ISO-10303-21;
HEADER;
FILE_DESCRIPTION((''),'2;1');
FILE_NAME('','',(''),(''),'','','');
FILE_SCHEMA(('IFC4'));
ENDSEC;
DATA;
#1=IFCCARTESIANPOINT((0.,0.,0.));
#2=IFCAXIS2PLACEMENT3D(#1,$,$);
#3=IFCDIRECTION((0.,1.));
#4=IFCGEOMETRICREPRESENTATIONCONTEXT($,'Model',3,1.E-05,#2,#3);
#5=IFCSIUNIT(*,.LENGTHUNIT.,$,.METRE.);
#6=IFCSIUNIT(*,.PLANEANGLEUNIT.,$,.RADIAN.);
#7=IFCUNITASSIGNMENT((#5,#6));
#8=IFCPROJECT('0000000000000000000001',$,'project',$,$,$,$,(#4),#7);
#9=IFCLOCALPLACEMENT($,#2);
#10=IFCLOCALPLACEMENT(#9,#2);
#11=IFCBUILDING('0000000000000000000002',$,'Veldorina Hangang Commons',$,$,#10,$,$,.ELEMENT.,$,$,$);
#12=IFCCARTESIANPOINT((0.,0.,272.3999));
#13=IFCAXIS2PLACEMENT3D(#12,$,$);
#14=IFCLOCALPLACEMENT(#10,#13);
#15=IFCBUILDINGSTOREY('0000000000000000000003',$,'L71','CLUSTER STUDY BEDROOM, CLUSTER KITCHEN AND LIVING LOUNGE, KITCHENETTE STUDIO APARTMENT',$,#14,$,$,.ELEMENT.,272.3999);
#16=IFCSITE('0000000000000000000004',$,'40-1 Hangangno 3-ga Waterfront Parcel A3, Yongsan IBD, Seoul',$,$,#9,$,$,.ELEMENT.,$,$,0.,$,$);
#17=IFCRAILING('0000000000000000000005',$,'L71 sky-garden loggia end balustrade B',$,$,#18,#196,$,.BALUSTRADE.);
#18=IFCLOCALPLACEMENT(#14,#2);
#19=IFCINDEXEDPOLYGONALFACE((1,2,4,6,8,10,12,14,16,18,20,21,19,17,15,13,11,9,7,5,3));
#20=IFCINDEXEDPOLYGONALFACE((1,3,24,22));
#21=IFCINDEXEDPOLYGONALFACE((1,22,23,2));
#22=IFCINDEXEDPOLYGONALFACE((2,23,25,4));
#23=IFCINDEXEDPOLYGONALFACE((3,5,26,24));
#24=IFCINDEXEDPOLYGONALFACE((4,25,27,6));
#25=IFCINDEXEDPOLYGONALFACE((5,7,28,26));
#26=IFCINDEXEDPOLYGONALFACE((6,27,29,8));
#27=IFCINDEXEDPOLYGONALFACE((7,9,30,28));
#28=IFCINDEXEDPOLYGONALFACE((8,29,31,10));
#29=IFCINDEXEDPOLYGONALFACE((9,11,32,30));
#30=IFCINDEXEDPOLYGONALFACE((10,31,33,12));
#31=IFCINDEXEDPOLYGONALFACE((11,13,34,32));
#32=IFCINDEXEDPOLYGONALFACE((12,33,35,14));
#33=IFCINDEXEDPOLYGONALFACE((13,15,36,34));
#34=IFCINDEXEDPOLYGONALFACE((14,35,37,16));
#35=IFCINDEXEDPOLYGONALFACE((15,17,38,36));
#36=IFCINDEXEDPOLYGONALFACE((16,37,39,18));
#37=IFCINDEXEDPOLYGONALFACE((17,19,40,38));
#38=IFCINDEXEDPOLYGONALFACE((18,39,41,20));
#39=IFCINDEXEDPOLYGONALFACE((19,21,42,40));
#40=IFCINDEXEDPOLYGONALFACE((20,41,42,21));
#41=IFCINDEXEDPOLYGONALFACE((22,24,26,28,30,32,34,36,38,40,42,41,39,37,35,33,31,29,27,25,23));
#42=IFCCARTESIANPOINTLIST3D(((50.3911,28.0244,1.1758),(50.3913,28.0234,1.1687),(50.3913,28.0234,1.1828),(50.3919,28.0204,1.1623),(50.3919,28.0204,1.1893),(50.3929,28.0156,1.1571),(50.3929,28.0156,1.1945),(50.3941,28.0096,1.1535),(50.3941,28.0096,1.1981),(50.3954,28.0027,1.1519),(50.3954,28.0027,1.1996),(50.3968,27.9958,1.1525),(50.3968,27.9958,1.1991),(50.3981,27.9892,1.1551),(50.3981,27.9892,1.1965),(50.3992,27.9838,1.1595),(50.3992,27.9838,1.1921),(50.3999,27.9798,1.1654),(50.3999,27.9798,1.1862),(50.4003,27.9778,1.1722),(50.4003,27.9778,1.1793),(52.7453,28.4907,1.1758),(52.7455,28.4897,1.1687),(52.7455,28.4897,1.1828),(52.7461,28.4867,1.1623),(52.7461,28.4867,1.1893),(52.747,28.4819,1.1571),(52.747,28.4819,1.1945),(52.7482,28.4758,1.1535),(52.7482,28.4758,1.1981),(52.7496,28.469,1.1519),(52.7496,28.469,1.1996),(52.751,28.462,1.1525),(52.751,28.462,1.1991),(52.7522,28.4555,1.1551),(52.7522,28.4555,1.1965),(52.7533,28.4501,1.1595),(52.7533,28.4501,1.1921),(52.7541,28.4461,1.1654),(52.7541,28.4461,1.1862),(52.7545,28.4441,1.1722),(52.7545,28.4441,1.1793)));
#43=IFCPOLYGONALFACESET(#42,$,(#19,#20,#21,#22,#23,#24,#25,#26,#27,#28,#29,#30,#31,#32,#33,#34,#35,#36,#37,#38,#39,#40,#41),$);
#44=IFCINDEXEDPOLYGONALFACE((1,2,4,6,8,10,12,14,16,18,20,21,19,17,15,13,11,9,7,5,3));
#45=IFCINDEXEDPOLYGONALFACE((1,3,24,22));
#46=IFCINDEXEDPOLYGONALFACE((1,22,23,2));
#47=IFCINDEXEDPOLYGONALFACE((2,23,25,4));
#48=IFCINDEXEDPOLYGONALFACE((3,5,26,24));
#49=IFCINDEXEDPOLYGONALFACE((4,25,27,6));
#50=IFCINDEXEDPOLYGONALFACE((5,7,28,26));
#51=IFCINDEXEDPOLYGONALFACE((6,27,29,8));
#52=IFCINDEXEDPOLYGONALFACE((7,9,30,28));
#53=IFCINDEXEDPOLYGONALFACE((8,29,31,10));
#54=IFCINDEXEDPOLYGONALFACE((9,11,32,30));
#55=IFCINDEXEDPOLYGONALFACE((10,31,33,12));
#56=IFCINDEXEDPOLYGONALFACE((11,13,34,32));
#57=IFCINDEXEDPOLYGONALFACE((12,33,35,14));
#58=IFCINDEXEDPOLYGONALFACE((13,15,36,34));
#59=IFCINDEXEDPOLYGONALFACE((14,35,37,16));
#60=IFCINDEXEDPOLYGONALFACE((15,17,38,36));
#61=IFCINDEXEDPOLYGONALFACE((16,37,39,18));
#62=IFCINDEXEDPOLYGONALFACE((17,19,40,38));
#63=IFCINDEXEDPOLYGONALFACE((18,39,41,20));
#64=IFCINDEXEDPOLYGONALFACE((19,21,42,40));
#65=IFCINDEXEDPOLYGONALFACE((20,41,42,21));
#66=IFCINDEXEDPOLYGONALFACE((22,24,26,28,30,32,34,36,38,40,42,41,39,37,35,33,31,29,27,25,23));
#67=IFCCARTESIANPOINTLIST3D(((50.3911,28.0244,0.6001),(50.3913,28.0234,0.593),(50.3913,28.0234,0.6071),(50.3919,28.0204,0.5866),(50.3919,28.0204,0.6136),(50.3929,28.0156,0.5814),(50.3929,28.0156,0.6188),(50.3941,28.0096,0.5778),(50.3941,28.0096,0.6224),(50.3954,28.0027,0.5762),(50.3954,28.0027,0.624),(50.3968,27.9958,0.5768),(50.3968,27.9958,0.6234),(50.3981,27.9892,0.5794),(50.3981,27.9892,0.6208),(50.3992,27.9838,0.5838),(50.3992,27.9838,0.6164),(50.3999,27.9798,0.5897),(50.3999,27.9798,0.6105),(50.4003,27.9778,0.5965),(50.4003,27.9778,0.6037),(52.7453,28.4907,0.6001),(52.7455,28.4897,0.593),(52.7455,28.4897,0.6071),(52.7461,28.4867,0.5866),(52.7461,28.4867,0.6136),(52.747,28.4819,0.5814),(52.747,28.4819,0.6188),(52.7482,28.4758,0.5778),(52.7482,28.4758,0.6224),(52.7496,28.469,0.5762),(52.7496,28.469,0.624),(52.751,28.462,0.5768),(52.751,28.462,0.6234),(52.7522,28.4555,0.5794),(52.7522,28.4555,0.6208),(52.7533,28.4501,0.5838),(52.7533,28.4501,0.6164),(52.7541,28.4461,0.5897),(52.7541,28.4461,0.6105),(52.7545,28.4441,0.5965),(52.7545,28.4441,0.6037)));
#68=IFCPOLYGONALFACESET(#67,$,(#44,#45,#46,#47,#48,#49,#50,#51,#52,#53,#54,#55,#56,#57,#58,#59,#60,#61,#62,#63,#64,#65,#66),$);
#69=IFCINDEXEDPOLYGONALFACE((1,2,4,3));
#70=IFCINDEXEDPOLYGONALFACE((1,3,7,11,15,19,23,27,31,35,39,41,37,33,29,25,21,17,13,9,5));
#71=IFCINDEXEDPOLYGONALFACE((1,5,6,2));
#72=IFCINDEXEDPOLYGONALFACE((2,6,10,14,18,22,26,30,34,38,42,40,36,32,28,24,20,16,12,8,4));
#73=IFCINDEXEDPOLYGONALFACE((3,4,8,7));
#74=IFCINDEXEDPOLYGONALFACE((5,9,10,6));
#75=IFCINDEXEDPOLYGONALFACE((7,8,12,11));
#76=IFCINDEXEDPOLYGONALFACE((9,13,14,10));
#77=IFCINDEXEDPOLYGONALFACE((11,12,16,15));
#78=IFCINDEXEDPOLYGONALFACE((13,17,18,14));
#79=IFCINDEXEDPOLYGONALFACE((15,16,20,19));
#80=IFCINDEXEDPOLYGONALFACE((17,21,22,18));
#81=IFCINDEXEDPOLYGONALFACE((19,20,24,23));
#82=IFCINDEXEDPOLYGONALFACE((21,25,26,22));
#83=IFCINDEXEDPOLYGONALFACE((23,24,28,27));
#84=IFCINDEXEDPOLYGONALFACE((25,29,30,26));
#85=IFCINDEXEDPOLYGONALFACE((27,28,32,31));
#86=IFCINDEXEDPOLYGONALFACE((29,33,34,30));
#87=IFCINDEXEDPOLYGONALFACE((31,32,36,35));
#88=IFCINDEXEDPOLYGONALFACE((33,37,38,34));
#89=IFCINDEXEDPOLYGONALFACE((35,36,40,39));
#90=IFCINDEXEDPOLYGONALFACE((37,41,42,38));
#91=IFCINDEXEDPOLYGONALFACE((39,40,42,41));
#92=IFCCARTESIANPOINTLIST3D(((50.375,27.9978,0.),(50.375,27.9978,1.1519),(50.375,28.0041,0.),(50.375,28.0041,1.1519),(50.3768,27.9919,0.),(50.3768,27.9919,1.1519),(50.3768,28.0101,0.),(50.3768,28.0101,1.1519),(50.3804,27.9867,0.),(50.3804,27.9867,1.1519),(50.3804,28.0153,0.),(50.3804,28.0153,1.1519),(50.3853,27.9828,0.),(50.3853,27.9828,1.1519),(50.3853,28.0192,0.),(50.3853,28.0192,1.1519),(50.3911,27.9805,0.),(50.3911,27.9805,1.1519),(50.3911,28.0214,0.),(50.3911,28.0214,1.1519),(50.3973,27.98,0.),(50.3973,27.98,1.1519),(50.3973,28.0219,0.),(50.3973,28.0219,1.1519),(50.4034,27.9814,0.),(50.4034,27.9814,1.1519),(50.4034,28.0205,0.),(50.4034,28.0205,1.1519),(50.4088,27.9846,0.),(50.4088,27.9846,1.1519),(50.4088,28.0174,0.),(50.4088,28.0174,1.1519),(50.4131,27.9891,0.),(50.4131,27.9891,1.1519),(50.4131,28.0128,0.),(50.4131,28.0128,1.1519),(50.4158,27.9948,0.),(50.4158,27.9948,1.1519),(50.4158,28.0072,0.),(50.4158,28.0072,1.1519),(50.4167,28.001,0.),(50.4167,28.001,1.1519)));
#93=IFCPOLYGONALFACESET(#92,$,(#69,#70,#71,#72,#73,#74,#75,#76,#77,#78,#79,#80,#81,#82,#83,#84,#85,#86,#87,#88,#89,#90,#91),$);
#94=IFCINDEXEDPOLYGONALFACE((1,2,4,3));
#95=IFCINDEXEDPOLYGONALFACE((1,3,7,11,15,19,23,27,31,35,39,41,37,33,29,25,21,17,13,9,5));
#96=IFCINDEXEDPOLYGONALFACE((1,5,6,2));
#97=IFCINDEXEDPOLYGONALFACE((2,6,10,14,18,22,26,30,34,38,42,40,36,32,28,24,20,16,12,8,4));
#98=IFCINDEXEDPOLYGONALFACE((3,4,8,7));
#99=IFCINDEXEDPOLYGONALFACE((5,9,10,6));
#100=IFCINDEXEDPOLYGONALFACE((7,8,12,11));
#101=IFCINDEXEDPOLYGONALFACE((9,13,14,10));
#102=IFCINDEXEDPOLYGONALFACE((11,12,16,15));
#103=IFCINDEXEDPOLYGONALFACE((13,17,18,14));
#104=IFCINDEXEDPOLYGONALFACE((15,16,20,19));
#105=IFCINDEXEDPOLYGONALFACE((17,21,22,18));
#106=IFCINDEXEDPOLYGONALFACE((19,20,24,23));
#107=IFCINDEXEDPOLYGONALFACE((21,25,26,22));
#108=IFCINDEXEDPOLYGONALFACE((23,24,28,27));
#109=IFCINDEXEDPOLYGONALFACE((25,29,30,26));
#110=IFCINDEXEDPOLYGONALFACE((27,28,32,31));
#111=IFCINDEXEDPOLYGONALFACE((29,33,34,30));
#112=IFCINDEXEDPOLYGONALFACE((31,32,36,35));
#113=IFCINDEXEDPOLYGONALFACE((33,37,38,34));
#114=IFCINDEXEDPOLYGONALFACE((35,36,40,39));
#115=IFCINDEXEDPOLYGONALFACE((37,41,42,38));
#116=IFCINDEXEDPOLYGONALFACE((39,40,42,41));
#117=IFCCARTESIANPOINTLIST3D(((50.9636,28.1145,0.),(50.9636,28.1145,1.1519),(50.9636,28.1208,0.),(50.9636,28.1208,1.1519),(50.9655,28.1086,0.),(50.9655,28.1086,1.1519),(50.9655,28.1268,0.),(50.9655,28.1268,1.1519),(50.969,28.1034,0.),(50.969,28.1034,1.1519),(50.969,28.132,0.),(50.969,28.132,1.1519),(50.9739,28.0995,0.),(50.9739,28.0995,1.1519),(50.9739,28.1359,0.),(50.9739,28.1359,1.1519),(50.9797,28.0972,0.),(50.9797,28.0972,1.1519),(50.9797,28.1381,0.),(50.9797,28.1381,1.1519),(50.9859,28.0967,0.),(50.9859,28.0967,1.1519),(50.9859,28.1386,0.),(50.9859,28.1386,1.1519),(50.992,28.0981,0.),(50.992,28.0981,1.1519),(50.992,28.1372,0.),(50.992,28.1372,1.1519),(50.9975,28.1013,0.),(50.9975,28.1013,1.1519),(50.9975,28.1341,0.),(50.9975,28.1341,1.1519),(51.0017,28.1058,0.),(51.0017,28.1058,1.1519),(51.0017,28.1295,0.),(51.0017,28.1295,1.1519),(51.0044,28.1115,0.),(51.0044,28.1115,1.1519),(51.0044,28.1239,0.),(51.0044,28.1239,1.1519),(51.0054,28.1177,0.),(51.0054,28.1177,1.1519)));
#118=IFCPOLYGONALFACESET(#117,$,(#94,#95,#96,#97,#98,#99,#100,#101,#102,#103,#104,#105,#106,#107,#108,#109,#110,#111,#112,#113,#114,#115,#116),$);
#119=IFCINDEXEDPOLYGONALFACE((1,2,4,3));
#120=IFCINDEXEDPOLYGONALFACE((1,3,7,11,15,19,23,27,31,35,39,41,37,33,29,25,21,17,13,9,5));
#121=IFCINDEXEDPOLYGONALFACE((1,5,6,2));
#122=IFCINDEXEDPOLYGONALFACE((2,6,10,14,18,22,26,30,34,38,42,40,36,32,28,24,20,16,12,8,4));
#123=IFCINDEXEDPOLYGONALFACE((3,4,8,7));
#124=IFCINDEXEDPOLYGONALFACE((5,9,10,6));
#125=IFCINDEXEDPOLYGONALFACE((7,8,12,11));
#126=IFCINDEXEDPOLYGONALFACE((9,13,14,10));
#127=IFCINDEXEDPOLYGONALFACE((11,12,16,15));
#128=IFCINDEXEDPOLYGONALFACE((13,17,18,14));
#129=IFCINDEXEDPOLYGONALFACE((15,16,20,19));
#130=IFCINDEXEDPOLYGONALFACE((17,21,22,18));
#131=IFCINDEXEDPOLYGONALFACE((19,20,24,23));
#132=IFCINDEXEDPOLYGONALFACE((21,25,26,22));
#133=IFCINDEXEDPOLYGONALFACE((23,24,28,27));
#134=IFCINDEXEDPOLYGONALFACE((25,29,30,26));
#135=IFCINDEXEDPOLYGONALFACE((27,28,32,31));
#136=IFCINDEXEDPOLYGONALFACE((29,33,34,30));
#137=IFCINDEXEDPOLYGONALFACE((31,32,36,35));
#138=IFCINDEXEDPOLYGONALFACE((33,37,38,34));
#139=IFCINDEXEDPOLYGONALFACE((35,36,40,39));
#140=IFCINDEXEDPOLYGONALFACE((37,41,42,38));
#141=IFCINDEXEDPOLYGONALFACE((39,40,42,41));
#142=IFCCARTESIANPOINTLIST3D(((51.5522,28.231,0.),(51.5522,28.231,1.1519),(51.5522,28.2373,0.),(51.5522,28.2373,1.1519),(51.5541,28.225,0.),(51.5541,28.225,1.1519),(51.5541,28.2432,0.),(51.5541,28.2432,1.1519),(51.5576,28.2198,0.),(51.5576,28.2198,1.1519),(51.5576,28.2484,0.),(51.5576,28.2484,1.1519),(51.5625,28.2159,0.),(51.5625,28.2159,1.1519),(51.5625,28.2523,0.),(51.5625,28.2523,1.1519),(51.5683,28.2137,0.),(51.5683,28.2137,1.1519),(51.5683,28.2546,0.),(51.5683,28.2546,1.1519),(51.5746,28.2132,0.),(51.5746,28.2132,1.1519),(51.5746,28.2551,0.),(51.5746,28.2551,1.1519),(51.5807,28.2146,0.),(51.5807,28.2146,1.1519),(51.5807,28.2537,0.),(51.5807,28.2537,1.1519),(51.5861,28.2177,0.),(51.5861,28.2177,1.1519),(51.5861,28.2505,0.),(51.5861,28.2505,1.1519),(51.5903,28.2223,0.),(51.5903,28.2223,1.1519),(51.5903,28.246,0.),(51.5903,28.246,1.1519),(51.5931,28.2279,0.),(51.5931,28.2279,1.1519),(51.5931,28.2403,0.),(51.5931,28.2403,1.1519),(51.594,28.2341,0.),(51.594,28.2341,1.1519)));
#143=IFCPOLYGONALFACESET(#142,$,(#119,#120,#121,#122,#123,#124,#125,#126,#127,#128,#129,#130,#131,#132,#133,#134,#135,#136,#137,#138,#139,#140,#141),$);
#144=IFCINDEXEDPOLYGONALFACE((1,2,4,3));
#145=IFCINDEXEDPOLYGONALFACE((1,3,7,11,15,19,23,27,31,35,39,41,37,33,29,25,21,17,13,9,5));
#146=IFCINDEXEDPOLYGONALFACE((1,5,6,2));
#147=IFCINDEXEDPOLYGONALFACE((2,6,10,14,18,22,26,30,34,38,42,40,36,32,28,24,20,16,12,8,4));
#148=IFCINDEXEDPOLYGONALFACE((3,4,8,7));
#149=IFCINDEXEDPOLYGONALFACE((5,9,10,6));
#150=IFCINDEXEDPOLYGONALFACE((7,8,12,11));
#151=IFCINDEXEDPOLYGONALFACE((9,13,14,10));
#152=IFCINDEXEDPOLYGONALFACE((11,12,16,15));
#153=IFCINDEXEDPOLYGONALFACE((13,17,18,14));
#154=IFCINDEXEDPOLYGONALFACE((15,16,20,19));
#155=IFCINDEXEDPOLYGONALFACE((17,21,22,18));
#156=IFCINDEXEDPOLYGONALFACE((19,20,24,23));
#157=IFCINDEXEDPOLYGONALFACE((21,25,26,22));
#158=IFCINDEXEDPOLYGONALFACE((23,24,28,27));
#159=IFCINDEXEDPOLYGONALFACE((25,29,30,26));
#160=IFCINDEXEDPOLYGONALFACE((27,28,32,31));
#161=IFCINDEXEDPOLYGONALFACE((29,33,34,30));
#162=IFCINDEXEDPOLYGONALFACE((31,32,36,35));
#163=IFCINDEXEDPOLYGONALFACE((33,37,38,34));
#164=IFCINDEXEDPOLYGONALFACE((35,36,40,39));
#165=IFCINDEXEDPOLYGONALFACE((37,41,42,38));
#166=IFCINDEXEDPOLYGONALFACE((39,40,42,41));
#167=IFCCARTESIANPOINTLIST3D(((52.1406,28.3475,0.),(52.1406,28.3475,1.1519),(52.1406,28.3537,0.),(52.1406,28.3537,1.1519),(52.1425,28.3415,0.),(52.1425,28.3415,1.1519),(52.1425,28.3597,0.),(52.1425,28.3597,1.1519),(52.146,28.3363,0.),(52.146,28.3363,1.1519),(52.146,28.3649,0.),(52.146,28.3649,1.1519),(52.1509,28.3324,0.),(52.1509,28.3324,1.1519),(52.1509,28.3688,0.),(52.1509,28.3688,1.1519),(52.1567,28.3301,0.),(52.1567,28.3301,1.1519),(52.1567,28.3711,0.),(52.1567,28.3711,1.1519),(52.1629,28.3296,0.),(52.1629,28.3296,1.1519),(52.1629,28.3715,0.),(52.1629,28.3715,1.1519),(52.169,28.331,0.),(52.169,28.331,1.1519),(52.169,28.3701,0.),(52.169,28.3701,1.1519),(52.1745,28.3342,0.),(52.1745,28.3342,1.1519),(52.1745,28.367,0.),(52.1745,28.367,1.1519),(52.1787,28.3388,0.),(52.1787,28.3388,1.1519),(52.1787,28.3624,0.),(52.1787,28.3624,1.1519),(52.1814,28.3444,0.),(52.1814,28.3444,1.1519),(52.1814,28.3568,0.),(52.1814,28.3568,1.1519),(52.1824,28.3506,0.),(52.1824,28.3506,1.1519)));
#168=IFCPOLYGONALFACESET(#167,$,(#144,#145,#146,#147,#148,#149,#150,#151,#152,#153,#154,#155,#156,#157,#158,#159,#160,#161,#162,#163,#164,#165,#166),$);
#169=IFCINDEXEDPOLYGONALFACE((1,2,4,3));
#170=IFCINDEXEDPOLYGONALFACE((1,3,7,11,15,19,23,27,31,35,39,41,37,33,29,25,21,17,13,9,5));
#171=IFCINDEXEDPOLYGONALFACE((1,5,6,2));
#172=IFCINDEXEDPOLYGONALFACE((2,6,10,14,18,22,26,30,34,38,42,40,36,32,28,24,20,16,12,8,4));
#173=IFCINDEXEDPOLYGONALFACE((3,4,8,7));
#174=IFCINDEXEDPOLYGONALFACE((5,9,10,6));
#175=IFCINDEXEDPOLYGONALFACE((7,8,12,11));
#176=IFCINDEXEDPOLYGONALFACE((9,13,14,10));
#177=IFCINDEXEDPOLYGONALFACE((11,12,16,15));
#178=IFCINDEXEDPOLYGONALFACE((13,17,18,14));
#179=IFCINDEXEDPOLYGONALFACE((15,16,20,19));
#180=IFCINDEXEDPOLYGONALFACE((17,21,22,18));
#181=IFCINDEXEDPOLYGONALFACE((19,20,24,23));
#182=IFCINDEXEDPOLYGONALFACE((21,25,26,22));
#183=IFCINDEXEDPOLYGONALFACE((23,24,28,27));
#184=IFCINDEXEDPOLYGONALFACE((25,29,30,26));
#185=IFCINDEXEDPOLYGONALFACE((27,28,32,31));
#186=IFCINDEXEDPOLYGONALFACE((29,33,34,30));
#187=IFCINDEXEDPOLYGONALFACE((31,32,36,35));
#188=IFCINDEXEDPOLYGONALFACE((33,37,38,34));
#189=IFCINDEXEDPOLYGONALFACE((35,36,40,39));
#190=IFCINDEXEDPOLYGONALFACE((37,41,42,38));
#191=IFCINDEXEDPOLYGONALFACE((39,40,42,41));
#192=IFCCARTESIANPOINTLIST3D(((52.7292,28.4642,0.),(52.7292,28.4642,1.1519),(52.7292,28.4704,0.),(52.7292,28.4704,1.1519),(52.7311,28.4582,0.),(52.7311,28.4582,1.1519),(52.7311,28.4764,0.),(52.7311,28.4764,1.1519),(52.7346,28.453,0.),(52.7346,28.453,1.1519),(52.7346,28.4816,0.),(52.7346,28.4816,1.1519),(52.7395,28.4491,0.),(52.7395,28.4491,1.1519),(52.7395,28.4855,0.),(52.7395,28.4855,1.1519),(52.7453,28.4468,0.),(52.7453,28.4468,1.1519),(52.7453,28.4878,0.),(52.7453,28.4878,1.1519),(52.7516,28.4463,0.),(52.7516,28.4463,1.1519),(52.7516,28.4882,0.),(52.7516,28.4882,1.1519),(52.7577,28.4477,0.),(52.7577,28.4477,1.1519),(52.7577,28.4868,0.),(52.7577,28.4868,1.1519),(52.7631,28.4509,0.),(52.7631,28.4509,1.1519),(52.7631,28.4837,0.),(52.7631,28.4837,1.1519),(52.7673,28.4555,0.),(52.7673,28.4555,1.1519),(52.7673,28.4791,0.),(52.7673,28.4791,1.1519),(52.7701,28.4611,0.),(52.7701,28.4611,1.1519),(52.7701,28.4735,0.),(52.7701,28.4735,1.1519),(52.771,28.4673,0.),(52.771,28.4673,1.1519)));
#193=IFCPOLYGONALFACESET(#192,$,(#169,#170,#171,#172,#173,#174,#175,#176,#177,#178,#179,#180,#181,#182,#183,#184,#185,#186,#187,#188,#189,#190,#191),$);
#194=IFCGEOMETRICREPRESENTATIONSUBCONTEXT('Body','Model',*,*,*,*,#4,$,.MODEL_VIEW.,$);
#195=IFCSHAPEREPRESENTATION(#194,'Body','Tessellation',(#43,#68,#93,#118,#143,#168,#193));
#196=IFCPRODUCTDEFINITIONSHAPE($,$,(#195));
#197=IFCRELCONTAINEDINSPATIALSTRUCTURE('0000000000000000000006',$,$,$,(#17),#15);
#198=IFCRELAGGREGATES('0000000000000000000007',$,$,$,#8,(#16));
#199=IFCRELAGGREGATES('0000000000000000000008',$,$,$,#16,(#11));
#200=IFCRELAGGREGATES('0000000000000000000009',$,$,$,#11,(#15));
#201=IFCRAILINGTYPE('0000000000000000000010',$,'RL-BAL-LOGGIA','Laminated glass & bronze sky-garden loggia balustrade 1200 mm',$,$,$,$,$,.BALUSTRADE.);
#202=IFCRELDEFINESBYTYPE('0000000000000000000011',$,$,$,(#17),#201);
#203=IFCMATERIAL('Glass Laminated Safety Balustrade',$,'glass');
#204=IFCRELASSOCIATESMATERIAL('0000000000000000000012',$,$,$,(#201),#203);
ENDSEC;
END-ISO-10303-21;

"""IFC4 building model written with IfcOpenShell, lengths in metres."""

from ifc_helpers import new_model, si_unit, direction, frame, origin, origin_2d, place, context, subcontext, project, spatial, circle, extrude, material, type_object, element, save


model = new_model("IFC4")

# Units and contexts
model_context = context("Model", 3, precision=1e-05, world=origin(), true_north=direction((0.0, 1.0)))
body_context = subcontext(model_context, "Body", "Model", "MODEL_VIEW")
ifc_project = project(units=[si_unit("LENGTHUNIT", "METRE"), si_unit("PLANEANGLEUNIT", "RADIAN")], contexts=[model_context])

# Site, building, storey
site_placement = place(None, origin())
site = spatial("IfcSite", under=ifc_project, at=site_placement, Name="40-1 Hangangno 3-ga Waterfront Parcel A3, Yongsan IBD, Seoul", CompositionType="ELEMENT", RefElevation=0.0)
building_placement = place(site_placement, origin())
building = spatial("IfcBuilding", under=site, at=building_placement, Name="Veldorina Hangang Commons", CompositionType="ELEMENT")
storey_placement = place(building_placement, frame((0.0, 0.0, 272.3999)))
storey = spatial("IfcBuildingStorey", under=building, at=storey_placement, Name="L71", Description="CLUSTER STUDY BEDROOM, CLUSTER KITCHEN AND LIVING LOUNGE, KITCHENETTE STUDIO APARTMENT", CompositionType="ELEMENT", Elevation=272.3999)

# Railing
ifc_material_1 = material(Name="Glass Laminated Safety Balustrade", Category="glass")
railing_type = type_object("IfcRailingType", Name="RL-BAL-LOGGIA", Description="Laminated glass & bronze sky-garden loggia balustrade 1200 mm", PredefinedType="BALUSTRADE", material=ifc_material_1)
railing_1_placement = place(storey_placement, frame((50.3958, 28.001, 0.0)))
element("IfcRailing", 1, at=railing_1_placement, inside=storey, type_object=railing_type, Name="L71 sky-garden loggia end balustrade B", PredefinedType="BALUSTRADE", context=body_context, shape_type="SweptSolid", body=[
    extrude(circle(Radius=0.0239, at=origin_2d()), frame((0.0, 0.0, 1.1758), z_axis=(0.980943, 0.194296, 0.0), x_axis=(-0.194296, 0.980943, 0.0)), (0.0, 0.0, 1.0), 2.3999),
    extrude(circle(Radius=0.0239, at=origin_2d()), frame((0.0, 0.0, 0.6001), z_axis=(0.980943, 0.194296, 0.0), x_axis=(-0.194296, 0.980943, 0.0)), (0.0, 0.0, 1.0), 2.3999),
    extrude(circle(Radius=0.021, at=origin_2d()), origin(), (0.0, 0.0, 1.0), 1.1519),
    extrude(circle(Radius=0.021, at=origin_2d()), frame((0.5886, 0.1167, 0.0)), (0.0, 0.0, 1.0), 1.1519),
    extrude(circle(Radius=0.021, at=origin_2d()), frame((1.1772, 0.2332, 0.0)), (0.0, 0.0, 1.0), 1.1519),
    extrude(circle(Radius=0.021, at=origin_2d()), frame((1.7656, 0.3496, 0.0)), (0.0, 0.0, 1.0), 1.1519),
    extrude(circle(Radius=0.021, at=origin_2d()), frame((2.3542, 0.4663, 0.0)), (0.0, 0.0, 1.0), 1.1519),
])

save(model, "model.ifc")
